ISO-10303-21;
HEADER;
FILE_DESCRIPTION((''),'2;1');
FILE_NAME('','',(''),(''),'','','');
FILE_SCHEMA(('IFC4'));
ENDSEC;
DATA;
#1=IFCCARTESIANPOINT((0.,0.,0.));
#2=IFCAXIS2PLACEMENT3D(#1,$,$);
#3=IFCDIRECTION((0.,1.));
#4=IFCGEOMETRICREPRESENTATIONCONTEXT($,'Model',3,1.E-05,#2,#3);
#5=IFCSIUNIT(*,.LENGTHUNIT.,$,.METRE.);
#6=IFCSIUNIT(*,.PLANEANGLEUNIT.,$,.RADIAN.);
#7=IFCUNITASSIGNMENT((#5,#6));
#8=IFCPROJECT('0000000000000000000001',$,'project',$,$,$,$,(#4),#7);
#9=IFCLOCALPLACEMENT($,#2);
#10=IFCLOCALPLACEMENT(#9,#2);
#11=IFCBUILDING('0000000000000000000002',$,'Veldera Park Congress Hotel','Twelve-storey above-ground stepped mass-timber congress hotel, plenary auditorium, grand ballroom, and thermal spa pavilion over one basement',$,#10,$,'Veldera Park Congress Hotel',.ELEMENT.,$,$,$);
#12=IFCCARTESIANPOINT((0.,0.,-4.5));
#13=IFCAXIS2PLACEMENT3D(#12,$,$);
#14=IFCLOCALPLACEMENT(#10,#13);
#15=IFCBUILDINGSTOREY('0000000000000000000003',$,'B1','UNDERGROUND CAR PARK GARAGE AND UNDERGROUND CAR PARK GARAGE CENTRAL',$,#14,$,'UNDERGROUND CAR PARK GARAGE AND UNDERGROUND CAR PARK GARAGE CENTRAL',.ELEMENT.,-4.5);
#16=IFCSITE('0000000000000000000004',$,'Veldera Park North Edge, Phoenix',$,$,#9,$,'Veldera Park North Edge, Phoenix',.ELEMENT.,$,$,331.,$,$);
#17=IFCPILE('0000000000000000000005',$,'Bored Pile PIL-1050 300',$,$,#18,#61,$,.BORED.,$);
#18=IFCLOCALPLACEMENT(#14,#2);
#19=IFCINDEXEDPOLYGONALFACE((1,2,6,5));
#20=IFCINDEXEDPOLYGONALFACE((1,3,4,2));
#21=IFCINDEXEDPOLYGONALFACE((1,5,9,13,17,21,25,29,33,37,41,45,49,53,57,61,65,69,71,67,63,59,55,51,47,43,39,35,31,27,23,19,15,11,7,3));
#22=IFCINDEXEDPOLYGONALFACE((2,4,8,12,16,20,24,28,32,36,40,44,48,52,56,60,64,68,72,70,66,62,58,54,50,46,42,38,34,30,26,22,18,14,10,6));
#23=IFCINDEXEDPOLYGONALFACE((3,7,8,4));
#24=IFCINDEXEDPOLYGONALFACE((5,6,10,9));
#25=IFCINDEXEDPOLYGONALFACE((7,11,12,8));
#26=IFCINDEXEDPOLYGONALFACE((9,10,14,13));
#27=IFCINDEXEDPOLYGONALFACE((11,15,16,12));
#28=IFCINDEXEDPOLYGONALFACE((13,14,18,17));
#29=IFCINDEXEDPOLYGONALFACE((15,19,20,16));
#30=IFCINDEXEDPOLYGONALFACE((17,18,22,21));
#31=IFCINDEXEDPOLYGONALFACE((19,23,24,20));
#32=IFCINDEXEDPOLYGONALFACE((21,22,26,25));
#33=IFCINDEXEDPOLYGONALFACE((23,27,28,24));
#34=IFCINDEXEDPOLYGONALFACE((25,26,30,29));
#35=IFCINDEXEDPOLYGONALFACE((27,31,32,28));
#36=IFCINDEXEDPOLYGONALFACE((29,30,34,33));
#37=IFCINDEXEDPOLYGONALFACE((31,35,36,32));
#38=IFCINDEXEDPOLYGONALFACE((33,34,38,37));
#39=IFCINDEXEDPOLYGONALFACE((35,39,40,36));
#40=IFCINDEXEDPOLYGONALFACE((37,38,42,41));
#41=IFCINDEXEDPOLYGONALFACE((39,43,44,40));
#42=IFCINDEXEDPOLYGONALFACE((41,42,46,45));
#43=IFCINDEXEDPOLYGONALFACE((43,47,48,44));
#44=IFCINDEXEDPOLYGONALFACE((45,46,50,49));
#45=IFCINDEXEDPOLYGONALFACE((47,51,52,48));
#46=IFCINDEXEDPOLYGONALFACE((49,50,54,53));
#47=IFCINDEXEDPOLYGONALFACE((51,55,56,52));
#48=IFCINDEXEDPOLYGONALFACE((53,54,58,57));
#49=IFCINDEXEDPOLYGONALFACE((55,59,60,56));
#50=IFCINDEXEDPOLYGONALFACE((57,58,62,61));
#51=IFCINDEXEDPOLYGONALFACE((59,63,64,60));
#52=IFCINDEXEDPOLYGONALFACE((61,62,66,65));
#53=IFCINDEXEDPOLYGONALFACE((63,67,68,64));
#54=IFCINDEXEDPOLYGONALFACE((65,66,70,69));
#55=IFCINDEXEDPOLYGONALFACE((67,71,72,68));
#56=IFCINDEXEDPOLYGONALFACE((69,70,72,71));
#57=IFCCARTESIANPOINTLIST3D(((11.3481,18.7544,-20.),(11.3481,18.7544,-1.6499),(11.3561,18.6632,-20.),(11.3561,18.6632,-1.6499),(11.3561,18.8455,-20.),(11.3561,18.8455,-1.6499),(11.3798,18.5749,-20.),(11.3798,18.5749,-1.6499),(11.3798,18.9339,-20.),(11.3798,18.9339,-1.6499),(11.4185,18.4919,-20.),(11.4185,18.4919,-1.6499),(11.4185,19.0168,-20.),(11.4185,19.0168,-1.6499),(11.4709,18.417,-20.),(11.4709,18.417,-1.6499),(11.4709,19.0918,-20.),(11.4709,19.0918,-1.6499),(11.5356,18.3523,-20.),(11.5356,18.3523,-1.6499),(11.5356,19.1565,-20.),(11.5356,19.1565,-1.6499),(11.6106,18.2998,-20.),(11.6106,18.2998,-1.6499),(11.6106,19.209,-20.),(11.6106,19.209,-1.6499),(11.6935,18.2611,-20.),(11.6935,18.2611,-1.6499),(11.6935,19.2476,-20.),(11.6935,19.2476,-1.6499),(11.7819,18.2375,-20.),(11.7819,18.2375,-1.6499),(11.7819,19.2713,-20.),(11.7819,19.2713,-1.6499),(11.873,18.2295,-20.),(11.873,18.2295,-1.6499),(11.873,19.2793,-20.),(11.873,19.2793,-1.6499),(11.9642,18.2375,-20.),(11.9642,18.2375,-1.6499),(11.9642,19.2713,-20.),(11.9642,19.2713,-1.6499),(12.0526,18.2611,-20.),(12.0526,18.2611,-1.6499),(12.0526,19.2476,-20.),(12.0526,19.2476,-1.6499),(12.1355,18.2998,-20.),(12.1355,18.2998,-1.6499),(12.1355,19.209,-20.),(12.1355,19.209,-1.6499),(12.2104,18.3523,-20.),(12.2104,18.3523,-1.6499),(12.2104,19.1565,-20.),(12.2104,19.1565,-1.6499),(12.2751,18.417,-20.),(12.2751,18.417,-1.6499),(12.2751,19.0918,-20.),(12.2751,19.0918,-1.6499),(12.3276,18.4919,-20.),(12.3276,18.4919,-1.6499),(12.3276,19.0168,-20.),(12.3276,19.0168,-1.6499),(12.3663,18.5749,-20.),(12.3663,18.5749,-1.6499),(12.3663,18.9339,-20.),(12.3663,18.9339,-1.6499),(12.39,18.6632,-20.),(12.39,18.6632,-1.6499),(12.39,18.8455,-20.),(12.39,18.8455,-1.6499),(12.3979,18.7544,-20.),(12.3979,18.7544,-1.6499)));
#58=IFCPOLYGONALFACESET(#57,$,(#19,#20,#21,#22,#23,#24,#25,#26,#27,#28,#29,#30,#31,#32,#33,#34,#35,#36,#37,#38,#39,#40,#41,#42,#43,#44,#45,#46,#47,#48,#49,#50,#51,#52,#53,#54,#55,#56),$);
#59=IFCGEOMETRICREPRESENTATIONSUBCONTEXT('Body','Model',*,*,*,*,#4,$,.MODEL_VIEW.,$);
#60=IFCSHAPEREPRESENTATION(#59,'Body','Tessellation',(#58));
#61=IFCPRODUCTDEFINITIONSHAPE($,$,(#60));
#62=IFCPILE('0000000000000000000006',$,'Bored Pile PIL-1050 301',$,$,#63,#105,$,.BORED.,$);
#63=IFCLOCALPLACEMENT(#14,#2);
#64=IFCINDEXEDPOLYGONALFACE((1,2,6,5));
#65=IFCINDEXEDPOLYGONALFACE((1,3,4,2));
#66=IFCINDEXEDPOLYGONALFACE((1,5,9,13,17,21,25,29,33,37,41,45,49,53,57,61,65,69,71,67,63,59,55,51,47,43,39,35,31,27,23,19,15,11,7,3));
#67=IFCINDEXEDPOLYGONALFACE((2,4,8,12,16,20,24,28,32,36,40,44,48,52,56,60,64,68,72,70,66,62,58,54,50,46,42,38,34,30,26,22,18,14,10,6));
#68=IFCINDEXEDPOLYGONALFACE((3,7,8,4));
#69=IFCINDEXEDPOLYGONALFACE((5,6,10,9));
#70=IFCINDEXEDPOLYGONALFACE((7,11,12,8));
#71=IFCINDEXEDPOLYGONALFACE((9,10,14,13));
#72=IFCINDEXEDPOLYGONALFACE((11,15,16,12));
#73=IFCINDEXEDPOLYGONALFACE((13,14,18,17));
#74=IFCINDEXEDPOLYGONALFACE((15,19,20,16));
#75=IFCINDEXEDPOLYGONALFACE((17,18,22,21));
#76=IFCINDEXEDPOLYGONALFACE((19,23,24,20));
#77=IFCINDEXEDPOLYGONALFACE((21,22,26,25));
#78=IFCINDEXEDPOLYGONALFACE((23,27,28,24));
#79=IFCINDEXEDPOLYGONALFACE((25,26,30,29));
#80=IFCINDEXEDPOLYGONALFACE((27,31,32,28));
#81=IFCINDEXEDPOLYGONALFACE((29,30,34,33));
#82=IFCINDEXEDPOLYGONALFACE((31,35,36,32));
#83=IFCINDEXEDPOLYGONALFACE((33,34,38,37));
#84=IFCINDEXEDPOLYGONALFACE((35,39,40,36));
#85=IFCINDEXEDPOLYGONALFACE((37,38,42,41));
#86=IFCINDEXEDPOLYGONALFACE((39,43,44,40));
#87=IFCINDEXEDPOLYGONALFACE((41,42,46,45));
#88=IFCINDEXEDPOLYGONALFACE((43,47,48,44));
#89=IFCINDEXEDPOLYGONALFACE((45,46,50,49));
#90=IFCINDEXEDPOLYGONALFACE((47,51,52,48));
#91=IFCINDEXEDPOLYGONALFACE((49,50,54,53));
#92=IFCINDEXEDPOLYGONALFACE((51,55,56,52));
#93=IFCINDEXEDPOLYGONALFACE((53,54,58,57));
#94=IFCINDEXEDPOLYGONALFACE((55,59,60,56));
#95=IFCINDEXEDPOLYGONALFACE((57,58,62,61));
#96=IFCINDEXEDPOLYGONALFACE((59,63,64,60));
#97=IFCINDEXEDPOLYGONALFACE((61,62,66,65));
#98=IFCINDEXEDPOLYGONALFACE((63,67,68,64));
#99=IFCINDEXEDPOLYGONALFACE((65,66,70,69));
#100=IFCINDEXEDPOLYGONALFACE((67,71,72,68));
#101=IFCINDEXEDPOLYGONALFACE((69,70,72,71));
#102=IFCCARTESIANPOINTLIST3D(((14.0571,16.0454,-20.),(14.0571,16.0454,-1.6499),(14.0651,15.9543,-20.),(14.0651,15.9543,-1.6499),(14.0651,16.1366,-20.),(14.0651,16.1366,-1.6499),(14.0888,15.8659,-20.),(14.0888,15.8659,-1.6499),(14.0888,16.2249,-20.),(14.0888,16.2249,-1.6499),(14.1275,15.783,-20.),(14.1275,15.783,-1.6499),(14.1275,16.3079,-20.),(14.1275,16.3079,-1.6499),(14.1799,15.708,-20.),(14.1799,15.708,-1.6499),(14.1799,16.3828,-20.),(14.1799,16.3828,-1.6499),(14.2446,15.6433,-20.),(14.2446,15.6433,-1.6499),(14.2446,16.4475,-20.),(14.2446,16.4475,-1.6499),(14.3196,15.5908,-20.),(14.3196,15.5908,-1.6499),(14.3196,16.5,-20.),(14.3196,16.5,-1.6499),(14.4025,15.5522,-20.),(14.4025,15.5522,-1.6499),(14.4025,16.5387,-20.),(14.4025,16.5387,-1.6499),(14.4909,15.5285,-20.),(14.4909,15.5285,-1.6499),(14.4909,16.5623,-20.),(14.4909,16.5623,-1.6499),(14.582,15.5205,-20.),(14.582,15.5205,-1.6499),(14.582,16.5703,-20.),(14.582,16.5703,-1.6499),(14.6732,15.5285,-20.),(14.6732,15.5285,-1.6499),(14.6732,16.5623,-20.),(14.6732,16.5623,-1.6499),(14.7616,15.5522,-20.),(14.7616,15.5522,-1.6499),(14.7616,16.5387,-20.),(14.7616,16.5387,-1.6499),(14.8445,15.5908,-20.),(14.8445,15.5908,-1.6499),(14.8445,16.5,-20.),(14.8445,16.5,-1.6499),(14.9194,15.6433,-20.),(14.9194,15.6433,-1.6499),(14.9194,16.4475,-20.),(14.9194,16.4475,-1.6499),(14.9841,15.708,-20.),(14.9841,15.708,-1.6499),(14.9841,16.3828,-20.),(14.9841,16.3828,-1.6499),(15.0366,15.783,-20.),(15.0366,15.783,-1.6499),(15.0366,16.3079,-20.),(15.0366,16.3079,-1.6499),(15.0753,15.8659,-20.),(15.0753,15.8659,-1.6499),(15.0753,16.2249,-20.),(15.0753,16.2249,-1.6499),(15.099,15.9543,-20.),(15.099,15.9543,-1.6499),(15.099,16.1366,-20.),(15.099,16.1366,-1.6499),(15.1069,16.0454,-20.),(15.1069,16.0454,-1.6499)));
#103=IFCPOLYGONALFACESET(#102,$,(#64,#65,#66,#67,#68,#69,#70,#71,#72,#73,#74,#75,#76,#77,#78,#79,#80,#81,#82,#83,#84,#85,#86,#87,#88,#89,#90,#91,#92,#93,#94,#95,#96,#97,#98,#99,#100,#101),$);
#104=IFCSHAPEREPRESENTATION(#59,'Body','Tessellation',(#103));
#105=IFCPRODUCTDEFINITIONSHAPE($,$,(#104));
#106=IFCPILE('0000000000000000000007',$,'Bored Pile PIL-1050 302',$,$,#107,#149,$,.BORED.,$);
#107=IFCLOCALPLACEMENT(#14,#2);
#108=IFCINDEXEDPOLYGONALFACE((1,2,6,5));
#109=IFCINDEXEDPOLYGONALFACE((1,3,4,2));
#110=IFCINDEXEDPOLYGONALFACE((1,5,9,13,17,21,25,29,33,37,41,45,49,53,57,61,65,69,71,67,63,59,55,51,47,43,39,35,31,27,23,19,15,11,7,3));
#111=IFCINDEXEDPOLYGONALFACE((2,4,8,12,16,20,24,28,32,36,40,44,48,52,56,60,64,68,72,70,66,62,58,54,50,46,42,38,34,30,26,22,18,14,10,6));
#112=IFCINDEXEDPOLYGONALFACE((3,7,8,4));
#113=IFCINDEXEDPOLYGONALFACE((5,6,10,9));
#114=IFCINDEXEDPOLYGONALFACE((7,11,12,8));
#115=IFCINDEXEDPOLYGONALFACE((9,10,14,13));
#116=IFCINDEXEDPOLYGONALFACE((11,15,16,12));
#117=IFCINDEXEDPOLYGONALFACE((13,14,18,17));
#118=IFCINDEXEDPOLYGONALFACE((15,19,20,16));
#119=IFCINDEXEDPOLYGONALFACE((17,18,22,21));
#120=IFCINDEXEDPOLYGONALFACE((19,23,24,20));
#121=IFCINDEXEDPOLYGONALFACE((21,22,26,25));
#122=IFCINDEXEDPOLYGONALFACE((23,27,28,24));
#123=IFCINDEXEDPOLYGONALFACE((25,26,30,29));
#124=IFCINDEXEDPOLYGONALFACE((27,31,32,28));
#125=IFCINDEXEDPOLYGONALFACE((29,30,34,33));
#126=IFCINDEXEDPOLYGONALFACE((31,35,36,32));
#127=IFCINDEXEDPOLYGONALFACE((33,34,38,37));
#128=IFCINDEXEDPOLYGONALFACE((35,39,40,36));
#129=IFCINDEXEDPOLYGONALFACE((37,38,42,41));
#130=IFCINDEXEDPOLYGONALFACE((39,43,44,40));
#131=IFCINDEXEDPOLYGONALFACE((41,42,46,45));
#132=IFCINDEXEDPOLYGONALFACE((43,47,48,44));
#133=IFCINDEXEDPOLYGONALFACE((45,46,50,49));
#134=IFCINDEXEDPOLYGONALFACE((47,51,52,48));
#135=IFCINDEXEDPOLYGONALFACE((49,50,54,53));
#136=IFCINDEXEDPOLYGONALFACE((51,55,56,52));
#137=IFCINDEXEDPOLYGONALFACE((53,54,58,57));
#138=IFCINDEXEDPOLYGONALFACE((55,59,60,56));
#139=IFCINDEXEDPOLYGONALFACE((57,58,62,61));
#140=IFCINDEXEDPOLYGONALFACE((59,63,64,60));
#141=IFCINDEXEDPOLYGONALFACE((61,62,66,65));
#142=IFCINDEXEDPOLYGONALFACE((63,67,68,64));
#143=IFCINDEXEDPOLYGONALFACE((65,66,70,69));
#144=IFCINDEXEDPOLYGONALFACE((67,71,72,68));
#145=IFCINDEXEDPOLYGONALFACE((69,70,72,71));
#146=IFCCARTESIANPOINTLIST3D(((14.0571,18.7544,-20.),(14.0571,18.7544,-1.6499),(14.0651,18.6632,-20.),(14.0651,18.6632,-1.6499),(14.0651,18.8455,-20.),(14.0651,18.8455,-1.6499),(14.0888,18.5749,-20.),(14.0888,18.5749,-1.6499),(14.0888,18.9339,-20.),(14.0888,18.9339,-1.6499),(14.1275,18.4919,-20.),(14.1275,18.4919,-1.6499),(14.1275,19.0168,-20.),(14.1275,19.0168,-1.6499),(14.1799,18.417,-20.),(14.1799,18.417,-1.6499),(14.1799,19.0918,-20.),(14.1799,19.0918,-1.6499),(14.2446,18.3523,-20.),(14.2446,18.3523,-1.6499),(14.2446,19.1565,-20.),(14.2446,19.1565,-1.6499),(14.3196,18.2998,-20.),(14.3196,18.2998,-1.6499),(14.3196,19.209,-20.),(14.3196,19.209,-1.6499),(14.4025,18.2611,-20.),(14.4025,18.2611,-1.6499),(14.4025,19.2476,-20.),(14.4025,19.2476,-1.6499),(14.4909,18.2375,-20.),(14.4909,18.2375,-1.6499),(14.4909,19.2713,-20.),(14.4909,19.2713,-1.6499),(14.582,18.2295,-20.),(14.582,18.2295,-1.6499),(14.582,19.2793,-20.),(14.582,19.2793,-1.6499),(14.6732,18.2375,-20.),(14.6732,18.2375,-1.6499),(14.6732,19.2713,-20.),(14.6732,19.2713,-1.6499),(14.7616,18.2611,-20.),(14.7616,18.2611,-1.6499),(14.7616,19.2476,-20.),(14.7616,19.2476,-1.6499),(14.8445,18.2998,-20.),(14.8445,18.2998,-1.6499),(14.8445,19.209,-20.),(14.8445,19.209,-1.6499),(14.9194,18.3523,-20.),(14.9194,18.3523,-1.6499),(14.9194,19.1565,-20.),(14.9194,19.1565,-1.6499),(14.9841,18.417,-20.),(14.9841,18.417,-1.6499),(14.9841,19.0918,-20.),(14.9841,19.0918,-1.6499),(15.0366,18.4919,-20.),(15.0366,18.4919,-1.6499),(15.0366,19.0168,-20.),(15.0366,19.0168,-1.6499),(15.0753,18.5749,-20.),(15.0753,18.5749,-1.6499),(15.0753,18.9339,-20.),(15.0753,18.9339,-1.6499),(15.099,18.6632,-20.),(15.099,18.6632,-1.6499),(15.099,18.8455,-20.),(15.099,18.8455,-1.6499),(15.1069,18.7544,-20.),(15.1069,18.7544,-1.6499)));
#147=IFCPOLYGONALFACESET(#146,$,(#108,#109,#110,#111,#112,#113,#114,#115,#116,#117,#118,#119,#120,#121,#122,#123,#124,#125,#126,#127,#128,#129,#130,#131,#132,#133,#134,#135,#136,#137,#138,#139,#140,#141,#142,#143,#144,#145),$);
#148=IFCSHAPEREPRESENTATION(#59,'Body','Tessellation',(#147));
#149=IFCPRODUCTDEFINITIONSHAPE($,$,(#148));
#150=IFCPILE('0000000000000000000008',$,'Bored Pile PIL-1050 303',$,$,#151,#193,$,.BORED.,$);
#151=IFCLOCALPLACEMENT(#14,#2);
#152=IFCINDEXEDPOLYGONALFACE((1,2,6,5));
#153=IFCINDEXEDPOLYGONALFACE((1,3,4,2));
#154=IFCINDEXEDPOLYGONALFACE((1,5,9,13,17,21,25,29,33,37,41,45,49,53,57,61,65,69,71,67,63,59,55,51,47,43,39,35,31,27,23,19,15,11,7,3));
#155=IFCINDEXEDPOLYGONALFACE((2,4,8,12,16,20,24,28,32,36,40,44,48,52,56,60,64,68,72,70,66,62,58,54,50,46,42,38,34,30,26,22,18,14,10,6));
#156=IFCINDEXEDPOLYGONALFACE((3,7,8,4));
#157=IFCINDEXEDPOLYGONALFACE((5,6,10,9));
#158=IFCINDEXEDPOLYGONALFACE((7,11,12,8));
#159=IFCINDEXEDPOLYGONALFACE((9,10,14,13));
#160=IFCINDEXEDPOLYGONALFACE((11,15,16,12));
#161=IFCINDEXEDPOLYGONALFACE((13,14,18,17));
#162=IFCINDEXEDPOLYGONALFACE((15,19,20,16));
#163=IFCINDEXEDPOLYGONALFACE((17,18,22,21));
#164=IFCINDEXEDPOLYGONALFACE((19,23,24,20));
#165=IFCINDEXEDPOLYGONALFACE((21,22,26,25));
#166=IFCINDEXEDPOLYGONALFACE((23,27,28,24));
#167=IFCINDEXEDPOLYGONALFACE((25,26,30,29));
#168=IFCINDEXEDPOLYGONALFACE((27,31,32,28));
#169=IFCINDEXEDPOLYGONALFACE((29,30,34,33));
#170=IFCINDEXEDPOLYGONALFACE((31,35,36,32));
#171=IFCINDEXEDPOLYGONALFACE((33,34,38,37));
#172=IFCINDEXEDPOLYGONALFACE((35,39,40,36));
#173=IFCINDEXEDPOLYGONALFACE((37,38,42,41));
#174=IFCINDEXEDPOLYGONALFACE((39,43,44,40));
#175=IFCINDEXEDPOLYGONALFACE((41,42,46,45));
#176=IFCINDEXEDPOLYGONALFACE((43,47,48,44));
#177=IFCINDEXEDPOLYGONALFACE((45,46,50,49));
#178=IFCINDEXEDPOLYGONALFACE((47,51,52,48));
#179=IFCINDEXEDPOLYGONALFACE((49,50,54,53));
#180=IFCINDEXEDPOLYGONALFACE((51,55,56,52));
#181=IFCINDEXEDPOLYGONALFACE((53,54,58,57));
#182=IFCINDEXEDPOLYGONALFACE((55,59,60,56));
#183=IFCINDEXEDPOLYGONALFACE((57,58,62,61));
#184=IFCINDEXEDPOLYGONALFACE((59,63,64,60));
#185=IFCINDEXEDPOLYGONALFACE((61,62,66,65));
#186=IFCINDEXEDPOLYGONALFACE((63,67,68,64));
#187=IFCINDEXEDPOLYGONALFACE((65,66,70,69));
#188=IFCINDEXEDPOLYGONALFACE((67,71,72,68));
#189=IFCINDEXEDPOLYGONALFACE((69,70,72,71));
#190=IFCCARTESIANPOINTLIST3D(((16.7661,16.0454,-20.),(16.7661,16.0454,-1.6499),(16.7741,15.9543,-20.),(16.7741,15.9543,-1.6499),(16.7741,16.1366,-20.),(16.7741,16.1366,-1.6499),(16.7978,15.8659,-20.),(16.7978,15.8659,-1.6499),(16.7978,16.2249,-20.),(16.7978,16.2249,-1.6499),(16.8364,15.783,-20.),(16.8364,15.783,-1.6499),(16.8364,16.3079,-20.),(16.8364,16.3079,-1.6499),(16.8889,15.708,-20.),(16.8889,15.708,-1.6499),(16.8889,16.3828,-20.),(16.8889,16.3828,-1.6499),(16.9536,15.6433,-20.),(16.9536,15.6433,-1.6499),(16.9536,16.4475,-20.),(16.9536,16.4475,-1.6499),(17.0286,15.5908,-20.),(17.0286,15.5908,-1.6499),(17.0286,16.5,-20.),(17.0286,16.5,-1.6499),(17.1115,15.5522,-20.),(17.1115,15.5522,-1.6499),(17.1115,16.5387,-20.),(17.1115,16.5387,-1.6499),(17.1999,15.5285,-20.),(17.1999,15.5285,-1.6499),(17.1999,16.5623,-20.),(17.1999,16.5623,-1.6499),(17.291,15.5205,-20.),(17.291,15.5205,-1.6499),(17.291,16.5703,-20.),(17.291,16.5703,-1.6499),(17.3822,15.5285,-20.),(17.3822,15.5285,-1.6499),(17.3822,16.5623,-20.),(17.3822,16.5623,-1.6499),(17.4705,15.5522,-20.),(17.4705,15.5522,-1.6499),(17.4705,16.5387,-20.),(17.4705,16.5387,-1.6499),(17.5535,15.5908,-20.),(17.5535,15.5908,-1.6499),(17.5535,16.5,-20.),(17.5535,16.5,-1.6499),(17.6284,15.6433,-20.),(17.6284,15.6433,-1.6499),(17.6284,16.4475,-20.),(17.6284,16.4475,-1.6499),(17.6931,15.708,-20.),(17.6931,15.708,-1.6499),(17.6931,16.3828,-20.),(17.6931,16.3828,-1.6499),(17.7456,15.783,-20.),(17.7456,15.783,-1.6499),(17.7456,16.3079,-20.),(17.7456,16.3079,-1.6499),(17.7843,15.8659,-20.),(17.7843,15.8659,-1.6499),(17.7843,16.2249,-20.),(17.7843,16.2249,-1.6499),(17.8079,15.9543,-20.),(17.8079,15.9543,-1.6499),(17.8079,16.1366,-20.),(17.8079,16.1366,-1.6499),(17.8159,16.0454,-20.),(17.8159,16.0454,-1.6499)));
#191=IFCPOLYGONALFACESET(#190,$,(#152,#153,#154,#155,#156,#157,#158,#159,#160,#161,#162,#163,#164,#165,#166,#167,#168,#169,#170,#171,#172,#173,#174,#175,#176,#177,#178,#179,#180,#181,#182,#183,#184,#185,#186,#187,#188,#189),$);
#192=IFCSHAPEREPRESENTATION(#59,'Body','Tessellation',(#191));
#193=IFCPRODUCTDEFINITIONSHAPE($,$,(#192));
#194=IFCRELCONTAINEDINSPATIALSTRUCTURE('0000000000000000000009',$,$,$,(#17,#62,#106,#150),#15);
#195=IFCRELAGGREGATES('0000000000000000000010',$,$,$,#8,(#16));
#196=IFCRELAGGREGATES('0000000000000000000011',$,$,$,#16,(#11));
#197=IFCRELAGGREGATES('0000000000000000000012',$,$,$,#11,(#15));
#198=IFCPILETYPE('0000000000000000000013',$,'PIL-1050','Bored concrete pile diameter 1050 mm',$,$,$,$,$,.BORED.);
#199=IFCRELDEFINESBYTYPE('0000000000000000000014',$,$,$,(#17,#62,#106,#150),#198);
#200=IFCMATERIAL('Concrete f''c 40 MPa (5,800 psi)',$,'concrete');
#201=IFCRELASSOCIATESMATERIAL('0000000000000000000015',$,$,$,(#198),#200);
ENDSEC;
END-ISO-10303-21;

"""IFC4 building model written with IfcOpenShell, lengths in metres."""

from ifc_helpers import new_model, si_unit, direction, frame, origin, origin_2d, place, context, subcontext, project, spatial, circle, extrude, material, material_profile, profile_set, type_object, element, save


model = new_model("IFC4")

# Units and contexts
model_context = context("Model", 3, precision=1e-05, world=origin(), true_north=direction((0.0, 1.0)))
body_context = subcontext(model_context, "Body", "Model", "MODEL_VIEW")
ifc_project = project(units=[si_unit("LENGTHUNIT", "METRE"), si_unit("PLANEANGLEUNIT", "RADIAN")], contexts=[model_context])

# Site, building, storey
site_placement = place(None, origin())
site = spatial("IfcSite", under=ifc_project, at=site_placement, Name="Veldera Park North Edge, Phoenix", LongName="Veldera Park North Edge, Phoenix", CompositionType="ELEMENT", RefElevation=331.0)
building_placement = place(site_placement, origin())
building = spatial("IfcBuilding", under=site, at=building_placement, Name="Veldera Park Congress Hotel", Description="Twelve-storey above-ground stepped mass-timber congress hotel, plenary auditorium, grand ballroom, and thermal spa pavilion over one basement", LongName="Veldera Park Congress Hotel", CompositionType="ELEMENT")
storey_placement = place(building_placement, frame((0.0, 0.0, -4.5)))
storey = spatial("IfcBuildingStorey", under=building, at=storey_placement, Name="B1", Description="UNDERGROUND CAR PARK GARAGE AND UNDERGROUND CAR PARK GARAGE CENTRAL", LongName="UNDERGROUND CAR PARK GARAGE AND UNDERGROUND CAR PARK GARAGE CENTRAL", CompositionType="ELEMENT", Elevation=-4.5)

# Shared definitions
ifc_material_1 = material(Name="Concrete f'c 40 MPa (5,800 psi)", Category="concrete")

# Piles
ifc_material_profile_1 = material_profile(ifc_material_1, circle(Radius=0.5249, at=origin_2d()), Name="PILE D1050")
ifc_profile_set_1 = profile_set([ifc_material_profile_1], Name="Concrete f'c 40 MPa (5,800 psi)")
pile_type_1 = type_object("IfcPileType", Name="PIL-1050", Description="Bored concrete pile diameter 1050 mm", PredefinedType="BORED", material=ifc_profile_set_1)
for number, where, z_axis, x_axis, name in (
    (1, (11.873, 18.7544, -1.6499), (0.0, 0.0, -1.0), (1.0, 0.0, 0.0), "Bored Pile PIL-1050 300"),
    (2, (14.582, 16.0454, -1.6499), (0.0, 0.0, -1.0), (1.0, 0.0, 0.0), "Bored Pile PIL-1050 301"),
    (3, (14.582, 18.7544, -1.6499), (0.0, 0.0, -1.0), (1.0, 0.0, 0.0), "Bored Pile PIL-1050 302"),
    (4, (17.291, 16.0454, -1.6499), (0.0, 0.0, -1.0), (1.0, 0.0, 0.0), "Bored Pile PIL-1050 303"),
):
    element("IfcPile", number, at=place(storey_placement, frame(where, z_axis=z_axis, x_axis=x_axis)), inside=storey, type_object=pile_type_1, Name=name, PredefinedType="BORED", context=body_context, shape_type="SweptSolid", body=[
        extrude(circle(Radius=0.5249, at=origin_2d()), origin(), (0.0, 0.0, 1.0), 18.3501),
    ])

save(model, "model.ifc")
